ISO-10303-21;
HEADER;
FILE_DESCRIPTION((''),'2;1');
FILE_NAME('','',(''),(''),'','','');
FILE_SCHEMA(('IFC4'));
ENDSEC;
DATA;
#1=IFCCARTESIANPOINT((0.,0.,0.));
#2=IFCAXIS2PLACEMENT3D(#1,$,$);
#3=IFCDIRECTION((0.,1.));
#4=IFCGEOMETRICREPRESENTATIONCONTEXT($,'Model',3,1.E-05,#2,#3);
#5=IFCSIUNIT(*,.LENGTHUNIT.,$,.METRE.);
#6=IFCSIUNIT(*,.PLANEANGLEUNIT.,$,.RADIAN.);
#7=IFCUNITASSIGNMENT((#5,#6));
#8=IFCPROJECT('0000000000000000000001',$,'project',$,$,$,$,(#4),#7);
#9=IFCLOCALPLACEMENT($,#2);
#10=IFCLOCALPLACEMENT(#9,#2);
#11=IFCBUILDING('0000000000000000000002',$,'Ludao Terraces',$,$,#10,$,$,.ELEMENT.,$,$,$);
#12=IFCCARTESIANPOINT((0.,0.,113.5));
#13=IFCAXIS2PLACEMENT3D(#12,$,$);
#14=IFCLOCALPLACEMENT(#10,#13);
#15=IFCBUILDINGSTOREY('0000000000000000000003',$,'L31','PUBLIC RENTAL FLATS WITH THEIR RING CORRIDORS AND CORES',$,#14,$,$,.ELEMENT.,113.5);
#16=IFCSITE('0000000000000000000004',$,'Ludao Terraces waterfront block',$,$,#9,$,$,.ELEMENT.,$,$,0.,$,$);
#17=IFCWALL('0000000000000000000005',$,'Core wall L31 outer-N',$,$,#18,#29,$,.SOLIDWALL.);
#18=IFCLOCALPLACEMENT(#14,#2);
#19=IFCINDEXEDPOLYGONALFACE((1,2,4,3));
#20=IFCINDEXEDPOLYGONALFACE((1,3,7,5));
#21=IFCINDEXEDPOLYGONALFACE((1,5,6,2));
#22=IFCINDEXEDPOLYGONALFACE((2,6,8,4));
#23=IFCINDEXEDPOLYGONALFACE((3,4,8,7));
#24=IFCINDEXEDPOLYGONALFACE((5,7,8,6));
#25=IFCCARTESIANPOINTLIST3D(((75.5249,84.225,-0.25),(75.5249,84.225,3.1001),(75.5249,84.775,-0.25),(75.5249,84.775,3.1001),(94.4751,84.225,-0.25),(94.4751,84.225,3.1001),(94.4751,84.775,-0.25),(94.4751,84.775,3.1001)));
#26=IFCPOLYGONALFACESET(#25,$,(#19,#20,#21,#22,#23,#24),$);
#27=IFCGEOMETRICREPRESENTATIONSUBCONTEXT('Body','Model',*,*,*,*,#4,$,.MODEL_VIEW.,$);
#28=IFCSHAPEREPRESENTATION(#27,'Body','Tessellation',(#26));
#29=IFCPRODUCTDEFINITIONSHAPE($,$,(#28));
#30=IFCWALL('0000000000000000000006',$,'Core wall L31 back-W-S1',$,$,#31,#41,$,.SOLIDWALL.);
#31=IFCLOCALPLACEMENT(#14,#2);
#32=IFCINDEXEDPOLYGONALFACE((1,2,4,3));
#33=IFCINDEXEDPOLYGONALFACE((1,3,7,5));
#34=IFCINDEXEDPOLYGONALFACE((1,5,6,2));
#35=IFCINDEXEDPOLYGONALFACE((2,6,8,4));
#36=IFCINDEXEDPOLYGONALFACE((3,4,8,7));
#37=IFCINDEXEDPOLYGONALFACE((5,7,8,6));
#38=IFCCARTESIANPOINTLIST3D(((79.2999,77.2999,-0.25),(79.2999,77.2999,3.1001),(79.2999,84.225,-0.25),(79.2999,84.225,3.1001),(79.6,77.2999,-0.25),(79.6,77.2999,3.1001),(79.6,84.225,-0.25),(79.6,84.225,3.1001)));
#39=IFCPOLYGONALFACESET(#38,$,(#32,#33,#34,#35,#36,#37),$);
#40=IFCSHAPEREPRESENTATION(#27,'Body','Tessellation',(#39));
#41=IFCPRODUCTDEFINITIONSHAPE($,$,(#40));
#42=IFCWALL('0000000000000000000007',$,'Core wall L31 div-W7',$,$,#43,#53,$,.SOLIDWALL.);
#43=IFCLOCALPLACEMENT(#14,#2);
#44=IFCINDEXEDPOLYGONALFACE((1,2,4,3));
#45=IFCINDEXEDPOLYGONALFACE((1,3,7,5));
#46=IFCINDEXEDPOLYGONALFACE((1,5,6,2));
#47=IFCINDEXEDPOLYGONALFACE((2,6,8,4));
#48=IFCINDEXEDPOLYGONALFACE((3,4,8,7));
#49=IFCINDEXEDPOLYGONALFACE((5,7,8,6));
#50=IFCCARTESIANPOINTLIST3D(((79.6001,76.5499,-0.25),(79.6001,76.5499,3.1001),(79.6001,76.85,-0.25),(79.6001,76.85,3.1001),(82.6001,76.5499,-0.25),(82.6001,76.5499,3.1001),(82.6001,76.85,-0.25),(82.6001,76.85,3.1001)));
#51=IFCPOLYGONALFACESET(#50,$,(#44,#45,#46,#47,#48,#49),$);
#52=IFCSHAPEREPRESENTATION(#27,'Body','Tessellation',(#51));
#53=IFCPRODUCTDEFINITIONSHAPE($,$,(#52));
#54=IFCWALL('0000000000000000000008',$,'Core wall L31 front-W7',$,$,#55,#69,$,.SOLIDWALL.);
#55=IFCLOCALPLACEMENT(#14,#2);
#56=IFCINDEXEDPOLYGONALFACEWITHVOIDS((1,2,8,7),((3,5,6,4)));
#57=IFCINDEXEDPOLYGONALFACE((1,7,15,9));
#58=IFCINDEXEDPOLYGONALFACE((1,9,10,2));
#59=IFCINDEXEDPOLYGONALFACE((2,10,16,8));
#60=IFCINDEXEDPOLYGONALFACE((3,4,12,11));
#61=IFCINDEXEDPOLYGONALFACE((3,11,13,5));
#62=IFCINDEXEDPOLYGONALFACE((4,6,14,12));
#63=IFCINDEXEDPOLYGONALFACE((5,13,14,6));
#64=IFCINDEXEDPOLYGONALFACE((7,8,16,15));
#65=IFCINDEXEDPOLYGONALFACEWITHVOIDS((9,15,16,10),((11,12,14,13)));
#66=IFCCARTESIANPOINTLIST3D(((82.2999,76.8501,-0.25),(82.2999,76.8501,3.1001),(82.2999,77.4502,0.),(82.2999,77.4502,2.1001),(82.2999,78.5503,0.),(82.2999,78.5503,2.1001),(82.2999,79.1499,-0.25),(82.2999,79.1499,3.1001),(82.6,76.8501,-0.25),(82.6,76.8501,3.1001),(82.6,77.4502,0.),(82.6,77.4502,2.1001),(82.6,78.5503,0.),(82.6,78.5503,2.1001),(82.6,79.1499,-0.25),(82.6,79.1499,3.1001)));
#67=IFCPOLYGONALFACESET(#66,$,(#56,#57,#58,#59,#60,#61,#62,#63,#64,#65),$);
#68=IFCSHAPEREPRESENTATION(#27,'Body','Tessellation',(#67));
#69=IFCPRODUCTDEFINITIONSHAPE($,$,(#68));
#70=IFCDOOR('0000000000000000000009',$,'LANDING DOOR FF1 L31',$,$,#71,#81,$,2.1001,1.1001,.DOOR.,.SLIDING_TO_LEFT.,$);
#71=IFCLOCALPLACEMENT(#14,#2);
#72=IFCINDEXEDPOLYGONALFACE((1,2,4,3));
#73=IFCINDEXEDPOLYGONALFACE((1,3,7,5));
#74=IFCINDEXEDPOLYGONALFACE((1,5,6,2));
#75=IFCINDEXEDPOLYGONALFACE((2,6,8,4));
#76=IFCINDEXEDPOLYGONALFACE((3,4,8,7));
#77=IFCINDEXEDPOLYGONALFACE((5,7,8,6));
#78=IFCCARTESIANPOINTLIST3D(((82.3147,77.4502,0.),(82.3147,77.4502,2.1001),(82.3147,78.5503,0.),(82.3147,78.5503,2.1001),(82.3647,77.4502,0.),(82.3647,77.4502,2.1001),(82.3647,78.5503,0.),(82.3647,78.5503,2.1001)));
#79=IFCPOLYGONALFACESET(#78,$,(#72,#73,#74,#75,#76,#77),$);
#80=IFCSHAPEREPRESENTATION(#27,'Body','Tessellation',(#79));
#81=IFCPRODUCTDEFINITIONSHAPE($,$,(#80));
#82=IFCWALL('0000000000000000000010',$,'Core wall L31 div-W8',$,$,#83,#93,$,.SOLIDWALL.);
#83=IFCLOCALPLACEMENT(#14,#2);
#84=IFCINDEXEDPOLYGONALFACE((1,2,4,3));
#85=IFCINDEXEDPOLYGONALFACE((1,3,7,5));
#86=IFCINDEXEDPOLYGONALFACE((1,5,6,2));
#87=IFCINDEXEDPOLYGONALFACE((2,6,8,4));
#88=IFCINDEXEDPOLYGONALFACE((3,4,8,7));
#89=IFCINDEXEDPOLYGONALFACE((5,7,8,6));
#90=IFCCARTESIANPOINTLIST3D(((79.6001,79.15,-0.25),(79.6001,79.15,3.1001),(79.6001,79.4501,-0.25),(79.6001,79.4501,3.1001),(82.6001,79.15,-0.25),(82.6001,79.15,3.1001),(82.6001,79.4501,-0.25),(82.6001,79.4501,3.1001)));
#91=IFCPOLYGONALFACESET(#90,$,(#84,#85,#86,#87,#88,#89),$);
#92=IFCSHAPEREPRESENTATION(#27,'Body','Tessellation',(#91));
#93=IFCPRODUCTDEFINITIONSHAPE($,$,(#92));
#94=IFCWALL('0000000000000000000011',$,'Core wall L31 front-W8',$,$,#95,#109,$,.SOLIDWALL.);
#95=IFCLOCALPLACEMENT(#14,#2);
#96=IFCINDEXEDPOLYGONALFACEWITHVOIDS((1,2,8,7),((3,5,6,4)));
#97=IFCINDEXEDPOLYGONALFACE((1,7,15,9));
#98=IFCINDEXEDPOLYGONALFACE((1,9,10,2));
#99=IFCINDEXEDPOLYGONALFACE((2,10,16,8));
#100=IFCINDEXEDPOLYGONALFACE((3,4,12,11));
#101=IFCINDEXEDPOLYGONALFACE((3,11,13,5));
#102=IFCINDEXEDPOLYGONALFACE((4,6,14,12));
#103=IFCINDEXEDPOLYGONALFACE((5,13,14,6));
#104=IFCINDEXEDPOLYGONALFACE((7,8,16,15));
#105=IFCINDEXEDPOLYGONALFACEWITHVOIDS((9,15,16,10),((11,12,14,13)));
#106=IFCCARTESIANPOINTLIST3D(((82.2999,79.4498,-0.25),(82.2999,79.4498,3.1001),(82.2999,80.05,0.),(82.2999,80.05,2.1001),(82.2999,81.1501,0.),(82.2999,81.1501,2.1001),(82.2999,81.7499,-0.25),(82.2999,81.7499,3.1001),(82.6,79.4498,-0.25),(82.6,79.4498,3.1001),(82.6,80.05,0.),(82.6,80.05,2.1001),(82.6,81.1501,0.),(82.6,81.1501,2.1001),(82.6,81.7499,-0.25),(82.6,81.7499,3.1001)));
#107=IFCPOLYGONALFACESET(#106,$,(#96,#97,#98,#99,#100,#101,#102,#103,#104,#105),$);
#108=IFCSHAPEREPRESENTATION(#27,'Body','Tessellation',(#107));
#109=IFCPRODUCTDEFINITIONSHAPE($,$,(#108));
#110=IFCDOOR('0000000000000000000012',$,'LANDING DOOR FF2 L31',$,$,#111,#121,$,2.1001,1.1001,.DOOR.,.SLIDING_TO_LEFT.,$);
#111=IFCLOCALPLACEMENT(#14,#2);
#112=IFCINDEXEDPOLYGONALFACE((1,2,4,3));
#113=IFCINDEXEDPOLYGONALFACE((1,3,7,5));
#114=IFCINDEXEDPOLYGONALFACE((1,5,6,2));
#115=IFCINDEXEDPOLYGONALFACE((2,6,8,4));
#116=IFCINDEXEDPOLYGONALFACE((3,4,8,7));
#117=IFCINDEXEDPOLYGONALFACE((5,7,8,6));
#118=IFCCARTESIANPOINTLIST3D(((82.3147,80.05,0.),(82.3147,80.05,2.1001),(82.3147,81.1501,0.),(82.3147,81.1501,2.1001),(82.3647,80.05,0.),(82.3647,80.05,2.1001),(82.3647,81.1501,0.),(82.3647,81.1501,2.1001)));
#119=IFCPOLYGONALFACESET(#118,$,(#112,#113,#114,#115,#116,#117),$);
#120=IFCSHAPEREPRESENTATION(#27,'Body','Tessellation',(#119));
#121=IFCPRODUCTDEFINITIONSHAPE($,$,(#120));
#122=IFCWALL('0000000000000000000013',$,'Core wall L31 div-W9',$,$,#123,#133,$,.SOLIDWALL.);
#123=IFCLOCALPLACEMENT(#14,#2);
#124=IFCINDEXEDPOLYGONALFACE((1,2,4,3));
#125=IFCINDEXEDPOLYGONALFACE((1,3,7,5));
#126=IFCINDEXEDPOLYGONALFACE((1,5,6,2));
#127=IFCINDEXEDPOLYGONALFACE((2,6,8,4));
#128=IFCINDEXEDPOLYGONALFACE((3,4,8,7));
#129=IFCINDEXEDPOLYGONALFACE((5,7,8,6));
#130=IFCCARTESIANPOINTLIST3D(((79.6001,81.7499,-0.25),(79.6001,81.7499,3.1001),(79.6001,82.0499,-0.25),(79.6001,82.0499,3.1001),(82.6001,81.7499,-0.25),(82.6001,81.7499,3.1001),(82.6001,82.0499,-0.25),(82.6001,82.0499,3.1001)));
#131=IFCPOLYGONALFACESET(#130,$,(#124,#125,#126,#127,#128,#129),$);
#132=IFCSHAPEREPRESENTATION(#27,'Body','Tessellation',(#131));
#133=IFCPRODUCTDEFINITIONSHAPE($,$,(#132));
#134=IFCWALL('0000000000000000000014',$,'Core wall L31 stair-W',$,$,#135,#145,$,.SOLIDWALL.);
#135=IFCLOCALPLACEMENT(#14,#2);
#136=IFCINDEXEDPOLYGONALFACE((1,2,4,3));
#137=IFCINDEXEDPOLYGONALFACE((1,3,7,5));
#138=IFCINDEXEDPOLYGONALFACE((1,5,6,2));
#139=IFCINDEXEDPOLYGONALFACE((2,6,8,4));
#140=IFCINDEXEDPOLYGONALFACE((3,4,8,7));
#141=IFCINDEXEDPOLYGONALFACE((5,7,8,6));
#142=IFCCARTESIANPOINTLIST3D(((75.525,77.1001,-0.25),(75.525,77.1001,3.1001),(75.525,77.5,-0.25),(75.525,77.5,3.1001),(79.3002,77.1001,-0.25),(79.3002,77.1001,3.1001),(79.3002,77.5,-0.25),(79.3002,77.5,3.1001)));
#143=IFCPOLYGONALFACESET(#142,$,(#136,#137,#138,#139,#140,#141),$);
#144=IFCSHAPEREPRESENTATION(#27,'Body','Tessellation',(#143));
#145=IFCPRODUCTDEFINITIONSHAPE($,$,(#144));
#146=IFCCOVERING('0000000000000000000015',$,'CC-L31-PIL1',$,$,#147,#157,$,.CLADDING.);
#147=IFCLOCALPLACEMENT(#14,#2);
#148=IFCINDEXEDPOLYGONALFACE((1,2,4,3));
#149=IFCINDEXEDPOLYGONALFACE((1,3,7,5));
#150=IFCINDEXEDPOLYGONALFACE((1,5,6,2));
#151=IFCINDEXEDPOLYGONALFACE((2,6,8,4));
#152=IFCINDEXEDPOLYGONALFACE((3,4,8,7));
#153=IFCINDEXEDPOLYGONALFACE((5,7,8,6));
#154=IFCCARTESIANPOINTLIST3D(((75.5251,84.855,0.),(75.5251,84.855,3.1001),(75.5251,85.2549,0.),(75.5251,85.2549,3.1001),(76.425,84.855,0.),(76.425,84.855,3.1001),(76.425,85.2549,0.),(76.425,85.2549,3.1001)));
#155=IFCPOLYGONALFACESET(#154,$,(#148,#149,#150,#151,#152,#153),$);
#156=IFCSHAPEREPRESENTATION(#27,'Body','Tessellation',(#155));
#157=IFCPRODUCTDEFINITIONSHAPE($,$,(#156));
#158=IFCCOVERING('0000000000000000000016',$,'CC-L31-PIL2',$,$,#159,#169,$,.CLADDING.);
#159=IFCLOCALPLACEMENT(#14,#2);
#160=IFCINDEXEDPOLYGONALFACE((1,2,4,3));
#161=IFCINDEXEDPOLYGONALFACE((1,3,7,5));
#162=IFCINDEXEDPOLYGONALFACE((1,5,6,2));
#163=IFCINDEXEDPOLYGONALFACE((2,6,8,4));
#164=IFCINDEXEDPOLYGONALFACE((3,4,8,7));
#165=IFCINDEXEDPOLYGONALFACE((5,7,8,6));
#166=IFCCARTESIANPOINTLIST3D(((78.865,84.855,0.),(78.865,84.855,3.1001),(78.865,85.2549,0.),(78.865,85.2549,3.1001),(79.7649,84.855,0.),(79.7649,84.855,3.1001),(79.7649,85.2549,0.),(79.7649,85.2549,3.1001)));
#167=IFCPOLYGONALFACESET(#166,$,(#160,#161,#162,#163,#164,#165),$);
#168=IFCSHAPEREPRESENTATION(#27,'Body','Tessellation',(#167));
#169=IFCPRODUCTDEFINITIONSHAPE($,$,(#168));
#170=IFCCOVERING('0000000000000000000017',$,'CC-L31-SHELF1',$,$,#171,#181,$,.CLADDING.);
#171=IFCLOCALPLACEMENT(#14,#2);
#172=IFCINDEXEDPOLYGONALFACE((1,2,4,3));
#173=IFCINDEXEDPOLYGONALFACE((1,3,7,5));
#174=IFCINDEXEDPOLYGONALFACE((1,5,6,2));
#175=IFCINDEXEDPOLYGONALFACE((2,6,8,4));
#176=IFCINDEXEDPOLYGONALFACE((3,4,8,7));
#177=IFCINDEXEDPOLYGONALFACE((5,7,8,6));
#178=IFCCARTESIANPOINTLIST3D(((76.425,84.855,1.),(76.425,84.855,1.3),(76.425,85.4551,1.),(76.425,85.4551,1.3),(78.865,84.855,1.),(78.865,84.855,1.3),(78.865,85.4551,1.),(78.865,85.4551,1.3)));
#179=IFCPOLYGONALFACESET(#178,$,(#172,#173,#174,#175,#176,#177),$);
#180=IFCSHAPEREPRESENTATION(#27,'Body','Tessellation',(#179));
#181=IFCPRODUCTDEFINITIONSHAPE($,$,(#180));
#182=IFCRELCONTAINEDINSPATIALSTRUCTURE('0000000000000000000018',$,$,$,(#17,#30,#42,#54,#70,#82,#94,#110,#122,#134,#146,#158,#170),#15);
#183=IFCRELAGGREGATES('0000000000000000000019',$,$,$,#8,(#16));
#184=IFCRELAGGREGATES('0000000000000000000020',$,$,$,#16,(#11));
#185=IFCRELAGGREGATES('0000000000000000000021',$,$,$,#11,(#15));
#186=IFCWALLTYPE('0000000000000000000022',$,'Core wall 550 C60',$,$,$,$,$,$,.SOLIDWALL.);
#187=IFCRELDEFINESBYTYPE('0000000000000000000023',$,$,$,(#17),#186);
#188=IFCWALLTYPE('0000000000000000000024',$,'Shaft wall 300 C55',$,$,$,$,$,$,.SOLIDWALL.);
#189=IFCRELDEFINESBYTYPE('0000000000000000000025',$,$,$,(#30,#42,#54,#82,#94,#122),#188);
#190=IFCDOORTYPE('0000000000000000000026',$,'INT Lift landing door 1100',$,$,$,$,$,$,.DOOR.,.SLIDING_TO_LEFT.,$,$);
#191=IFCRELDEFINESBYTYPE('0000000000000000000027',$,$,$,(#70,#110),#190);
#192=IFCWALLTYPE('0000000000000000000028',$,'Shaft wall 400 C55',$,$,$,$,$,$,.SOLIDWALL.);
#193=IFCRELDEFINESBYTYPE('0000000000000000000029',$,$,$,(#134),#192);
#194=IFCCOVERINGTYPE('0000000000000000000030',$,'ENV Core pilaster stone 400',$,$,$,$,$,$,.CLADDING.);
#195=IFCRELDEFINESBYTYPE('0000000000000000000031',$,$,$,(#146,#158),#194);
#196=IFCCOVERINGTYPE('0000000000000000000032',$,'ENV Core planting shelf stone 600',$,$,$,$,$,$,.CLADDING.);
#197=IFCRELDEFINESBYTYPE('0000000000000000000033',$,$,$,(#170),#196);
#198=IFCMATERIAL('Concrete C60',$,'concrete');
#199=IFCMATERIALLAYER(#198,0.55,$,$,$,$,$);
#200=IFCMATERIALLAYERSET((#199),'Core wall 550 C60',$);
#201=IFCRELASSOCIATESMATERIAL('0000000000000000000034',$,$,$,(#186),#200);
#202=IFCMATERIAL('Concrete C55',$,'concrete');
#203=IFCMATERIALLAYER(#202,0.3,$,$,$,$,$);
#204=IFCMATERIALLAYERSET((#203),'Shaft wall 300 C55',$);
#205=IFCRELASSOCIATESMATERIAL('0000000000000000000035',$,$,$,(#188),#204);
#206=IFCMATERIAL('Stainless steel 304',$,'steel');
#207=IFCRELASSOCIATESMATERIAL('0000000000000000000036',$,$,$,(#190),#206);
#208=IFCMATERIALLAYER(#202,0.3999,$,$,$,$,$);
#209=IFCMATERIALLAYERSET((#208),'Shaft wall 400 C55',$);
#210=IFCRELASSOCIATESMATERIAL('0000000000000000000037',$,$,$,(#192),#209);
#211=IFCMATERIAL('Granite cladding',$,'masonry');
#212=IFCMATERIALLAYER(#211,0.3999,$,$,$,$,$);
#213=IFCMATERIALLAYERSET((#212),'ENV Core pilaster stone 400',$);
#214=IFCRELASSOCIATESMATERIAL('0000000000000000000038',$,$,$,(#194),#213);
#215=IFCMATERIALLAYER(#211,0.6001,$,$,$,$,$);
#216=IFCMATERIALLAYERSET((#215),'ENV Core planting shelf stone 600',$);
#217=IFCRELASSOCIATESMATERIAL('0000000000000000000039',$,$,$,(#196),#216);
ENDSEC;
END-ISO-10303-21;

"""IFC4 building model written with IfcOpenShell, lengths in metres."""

from ifc_helpers import new_model, si_unit, direction, frame, frame_2d, origin, origin_2d, place, context, subcontext, project, spatial, rectangle, extrude, material, layer, layer_set, type_object, element, fill, save


model = new_model("IFC4")

# Units and contexts
model_context = context("Model", 3, precision=1e-05, world=origin(), true_north=direction((0.0, 1.0)))
body_context = subcontext(model_context, "Body", "Model", "MODEL_VIEW")
ifc_project = project(units=[si_unit("LENGTHUNIT", "METRE"), si_unit("PLANEANGLEUNIT", "RADIAN")], contexts=[model_context])

# Site, building, storey
site_placement = place(None, origin())
site = spatial("IfcSite", under=ifc_project, at=site_placement, Name="Ludao Terraces waterfront block", CompositionType="ELEMENT", RefElevation=0.0)
building_placement = place(site_placement, origin())
building = spatial("IfcBuilding", under=site, at=building_placement, Name="Ludao Terraces", CompositionType="ELEMENT")
storey_placement = place(building_placement, frame((0.0, 0.0, 113.5)))
storey = spatial("IfcBuildingStorey", under=building, at=storey_placement, Name="L31", Description="PUBLIC RENTAL FLATS WITH THEIR RING CORRIDORS AND CORES", CompositionType="ELEMENT", Elevation=113.5)

# Walls
ifc_material_1 = material(Name="Concrete C60", Category="concrete")
ifc_layer_1 = layer(ifc_material_1, 0.55)
ifc_layer_set_1 = layer_set([ifc_layer_1], Name="Core wall 550 C60")
wall_type_1 = type_object("IfcWallType", Name="Core wall 550 C60", PredefinedType="SOLIDWALL", material=ifc_layer_set_1)
wall_1_placement = place(storey_placement, frame((75.5249, 84.5, -0.25), z_axis=(0.0, 0.0, 1.0), x_axis=(1.0, 0.0, 0.0)))
element("IfcWall", 1, at=wall_1_placement, inside=storey, type_object=wall_type_1, Name="Core wall L31 outer-N", PredefinedType="SOLIDWALL", context=body_context, shape_type="SweptSolid", body=[
    extrude(rectangle(XDim=18.9502, YDim=0.55, at=frame_2d((9.4751, 0.0))), origin(), (0.0, 0.0, 1.0), 3.3501),
])
ifc_material_2 = material(Name="Concrete C55", Category="concrete")
ifc_layer_2 = layer(ifc_material_2, 0.3)
ifc_layer_set_2 = layer_set([ifc_layer_2], Name="Shaft wall 300 C55")
wall_type_2 = type_object("IfcWallType", Name="Shaft wall 300 C55", PredefinedType="SOLIDWALL", material=ifc_layer_set_2)
wall_2_placement = place(storey_placement, frame((79.45, 77.3, -0.25), z_axis=(0.0, 0.0, 1.0), x_axis=(0.0, 1.0, 0.0)))
element("IfcWall", 2, at=wall_2_placement, inside=storey, type_object=wall_type_2, Name="Core wall L31 back-W-S1", PredefinedType="SOLIDWALL", context=body_context, shape_type="SweptSolid", body=[
    extrude(rectangle(XDim=6.925, YDim=0.3, at=frame_2d((3.4624, 0.0))), origin(), (0.0, 0.0, 1.0), 3.3501),
])
wall_3_placement = place(storey_placement, frame((79.6001, 76.7, -0.25), z_axis=(0.0, 0.0, 1.0), x_axis=(1.0, 0.0, 0.0)))
element("IfcWall", 3, at=wall_3_placement, inside=storey, type_object=wall_type_2, Name="Core wall L31 div-W7", PredefinedType="SOLIDWALL", context=body_context, shape_type="SweptSolid", body=[
    extrude(rectangle(XDim=3.0, YDim=0.3, at=frame_2d((1.5, 0.0))), origin(), (0.0, 0.0, 1.0), 3.3501),
])

# Wall, opening, door
wall_4_placement = place(storey_placement, frame((82.45, 76.8501, -0.25), z_axis=(0.0, 0.0, 1.0), x_axis=(0.0, 1.0, 0.0)))
wall_4 = element("IfcWall", 4, at=wall_4_placement, inside=storey, type_object=wall_type_2, Name="Core wall L31 front-W7", PredefinedType="SOLIDWALL", context=body_context, shape_type="SweptSolid", body=[
    extrude(rectangle(XDim=2.2998, YDim=0.3, at=frame_2d((1.1499, 0.0))), origin(), (0.0, 0.0, 1.0), 3.3501),
])
opening_1_placement = place(wall_4_placement, frame((0.6001, 0.0, 0.25)))
opening_1 = element("IfcOpeningElement", 5, at=opening_1_placement, cuts=wall_4, PredefinedType="OPENING", context=body_context, shape_type="SweptSolid", body=[
    extrude(rectangle(XDim=1.1001, YDim=2.1001, at=frame_2d((0.55, 1.05))), frame((0.0, 0.1602, 0.0), z_axis=(0.0, -1.0, 0.0), x_axis=(1.0, 0.0, 0.0)), (0.0, 0.0, 1.0), 0.3201),
])
ifc_material_3 = material(Name="Stainless steel 304", Category="steel")
door_type = type_object("IfcDoorType", Name="INT Lift landing door 1100", OperationType="SLIDING_TO_LEFT", PredefinedType="DOOR", material=ifc_material_3)
door_1_placement = place(opening_1_placement, origin())
door_1 = element("IfcDoor", 6, at=door_1_placement, inside=storey, type_object=door_type, Name="LANDING DOOR FF1 L31", OperationType="SLIDING_TO_LEFT", OverallHeight=2.1001, OverallWidth=1.1001, PredefinedType="DOOR", context=body_context, shape_type="SweptSolid", body=[
    extrude(rectangle(XDim=1.1001, YDim=2.1001, at=frame_2d((0.55, 1.05))), frame((0.0, 0.1353, 0.0), z_axis=(0.0, -1.0, 0.0), x_axis=(1.0, 0.0, 0.0)), (0.0, 0.0, 1.0), 0.05),
])
fill(opening_1, door_1)

# Wall
wall_5_placement = place(storey_placement, frame((79.6001, 79.3, -0.25), z_axis=(0.0, 0.0, 1.0), x_axis=(1.0, 0.0, 0.0)))
element("IfcWall", 7, at=wall_5_placement, inside=storey, type_object=wall_type_2, Name="Core wall L31 div-W8", PredefinedType="SOLIDWALL", context=body_context, shape_type="SweptSolid", body=[
    extrude(rectangle(XDim=3.0, YDim=0.3, at=frame_2d((1.5, 0.0))), origin(), (0.0, 0.0, 1.0), 3.3501),
])

# Wall, opening, door
wall_6_placement = place(storey_placement, frame((82.45, 79.45, -0.25), z_axis=(0.0, 0.0, 1.0), x_axis=(0.0, 1.0, 0.0)))
wall_6 = element("IfcWall", 8, at=wall_6_placement, inside=storey, type_object=wall_type_2, Name="Core wall L31 front-W8", PredefinedType="SOLIDWALL", context=body_context, shape_type="SweptSolid", body=[
    extrude(rectangle(XDim=2.3, YDim=0.3, at=frame_2d((1.1499, 0.0))), origin(), (0.0, 0.0, 1.0), 3.3501),
])
opening_2_placement = place(wall_6_placement, frame((0.6001, 0.0, 0.25)))
opening_2 = element("IfcOpeningElement", 9, at=opening_2_placement, cuts=wall_6, PredefinedType="OPENING", context=body_context, shape_type="SweptSolid", body=[
    extrude(rectangle(XDim=1.1001, YDim=2.1001, at=frame_2d((0.55, 1.05))), frame((0.0, 0.1602, 0.0), z_axis=(0.0, -1.0, 0.0), x_axis=(1.0, 0.0, 0.0)), (0.0, 0.0, 1.0), 0.3201),
])
door_2_placement = place(opening_2_placement, origin())
door_2 = element("IfcDoor", 10, at=door_2_placement, inside=storey, type_object=door_type, Name="LANDING DOOR FF2 L31", OperationType="SLIDING_TO_LEFT", OverallHeight=2.1001, OverallWidth=1.1001, PredefinedType="DOOR", context=body_context, shape_type="SweptSolid", body=[
    extrude(rectangle(XDim=1.1001, YDim=2.1001, at=frame_2d((0.55, 1.05))), frame((0.0, 0.1353, 0.0), z_axis=(0.0, -1.0, 0.0), x_axis=(1.0, 0.0, 0.0)), (0.0, 0.0, 1.0), 0.05),
])
fill(opening_2, door_2)

# Walls
wall_7_placement = place(storey_placement, frame((79.6001, 81.8999, -0.25), z_axis=(0.0, 0.0, 1.0), x_axis=(1.0, 0.0, 0.0)))
element("IfcWall", 11, at=wall_7_placement, inside=storey, type_object=wall_type_2, Name="Core wall L31 div-W9", PredefinedType="SOLIDWALL", context=body_context, shape_type="SweptSolid", body=[
    extrude(rectangle(XDim=3.0, YDim=0.3, at=frame_2d((1.5, 0.0))), origin(), (0.0, 0.0, 1.0), 3.3501),
])
ifc_layer_3 = layer(ifc_material_2, 0.3999)
ifc_layer_set_3 = layer_set([ifc_layer_3], Name="Shaft wall 400 C55")
wall_type_3 = type_object("IfcWallType", Name="Shaft wall 400 C55", PredefinedType="SOLIDWALL", material=ifc_layer_set_3)
wall_8_placement = place(storey_placement, frame((75.5249, 77.3, -0.25), z_axis=(0.0, 0.0, 1.0), x_axis=(1.0, 0.0, 0.0)))
element("IfcWall", 12, at=wall_8_placement, inside=storey, type_object=wall_type_3, Name="Core wall L31 stair-W", PredefinedType="SOLIDWALL", context=body_context, shape_type="SweptSolid", body=[
    extrude(rectangle(XDim=3.7751, YDim=0.3999, at=frame_2d((1.8877, 0.0))), origin(), (0.0, 0.0, 1.0), 3.3501),
])

# Coverings
ifc_material_4 = material(Name="Granite cladding", Category="masonry")
ifc_layer_4 = layer(ifc_material_4, 0.3999)
ifc_layer_set_4 = layer_set([ifc_layer_4], Name="ENV Core pilaster stone 400")
covering_type_1 = type_object("IfcCoveringType", Name="ENV Core pilaster stone 400", PredefinedType="CLADDING", material=ifc_layer_set_4)
for number, where, z_axis, x_axis, name in (
    (13, (75.9751, 85.0549, 0.0), (0.0, 0.0, 1.0), (1.0, 0.0, 0.0), "CC-L31-PIL1"),
    (14, (79.3149, 85.0549, 0.0), (0.0, 0.0, 1.0), (1.0, 0.0, 0.0), "CC-L31-PIL2"),
):
    element("IfcCovering", number, at=place(storey_placement, frame(where, z_axis=z_axis, x_axis=x_axis)), inside=storey, type_object=covering_type_1, Name=name, PredefinedType="CLADDING", context=body_context, shape_type="SweptSolid", body=[
        extrude(rectangle(XDim=0.8999, YDim=0.3999, at=origin_2d()), origin(), (0.0, 0.0, 1.0), 3.1001),
    ])
ifc_layer_5 = layer(ifc_material_4, 0.6001)
ifc_layer_set_5 = layer_set([ifc_layer_5], Name="ENV Core planting shelf stone 600")
covering_type_2 = type_object("IfcCoveringType", Name="ENV Core planting shelf stone 600", PredefinedType="CLADDING", material=ifc_layer_set_5)
covering_1_placement = place(storey_placement, frame((77.645, 85.155, 1.0), z_axis=(0.0, 0.0, 1.0), x_axis=(1.0, 0.0, 0.0)))
element("IfcCovering", 15, at=covering_1_placement, inside=storey, type_object=covering_type_2, Name="CC-L31-SHELF1", PredefinedType="CLADDING", context=body_context, shape_type="SweptSolid", body=[
    extrude(rectangle(XDim=2.4399, YDim=0.6001, at=origin_2d()), origin(), (0.0, 0.0, 1.0), 0.3),
])

save(model, "model.ifc")
